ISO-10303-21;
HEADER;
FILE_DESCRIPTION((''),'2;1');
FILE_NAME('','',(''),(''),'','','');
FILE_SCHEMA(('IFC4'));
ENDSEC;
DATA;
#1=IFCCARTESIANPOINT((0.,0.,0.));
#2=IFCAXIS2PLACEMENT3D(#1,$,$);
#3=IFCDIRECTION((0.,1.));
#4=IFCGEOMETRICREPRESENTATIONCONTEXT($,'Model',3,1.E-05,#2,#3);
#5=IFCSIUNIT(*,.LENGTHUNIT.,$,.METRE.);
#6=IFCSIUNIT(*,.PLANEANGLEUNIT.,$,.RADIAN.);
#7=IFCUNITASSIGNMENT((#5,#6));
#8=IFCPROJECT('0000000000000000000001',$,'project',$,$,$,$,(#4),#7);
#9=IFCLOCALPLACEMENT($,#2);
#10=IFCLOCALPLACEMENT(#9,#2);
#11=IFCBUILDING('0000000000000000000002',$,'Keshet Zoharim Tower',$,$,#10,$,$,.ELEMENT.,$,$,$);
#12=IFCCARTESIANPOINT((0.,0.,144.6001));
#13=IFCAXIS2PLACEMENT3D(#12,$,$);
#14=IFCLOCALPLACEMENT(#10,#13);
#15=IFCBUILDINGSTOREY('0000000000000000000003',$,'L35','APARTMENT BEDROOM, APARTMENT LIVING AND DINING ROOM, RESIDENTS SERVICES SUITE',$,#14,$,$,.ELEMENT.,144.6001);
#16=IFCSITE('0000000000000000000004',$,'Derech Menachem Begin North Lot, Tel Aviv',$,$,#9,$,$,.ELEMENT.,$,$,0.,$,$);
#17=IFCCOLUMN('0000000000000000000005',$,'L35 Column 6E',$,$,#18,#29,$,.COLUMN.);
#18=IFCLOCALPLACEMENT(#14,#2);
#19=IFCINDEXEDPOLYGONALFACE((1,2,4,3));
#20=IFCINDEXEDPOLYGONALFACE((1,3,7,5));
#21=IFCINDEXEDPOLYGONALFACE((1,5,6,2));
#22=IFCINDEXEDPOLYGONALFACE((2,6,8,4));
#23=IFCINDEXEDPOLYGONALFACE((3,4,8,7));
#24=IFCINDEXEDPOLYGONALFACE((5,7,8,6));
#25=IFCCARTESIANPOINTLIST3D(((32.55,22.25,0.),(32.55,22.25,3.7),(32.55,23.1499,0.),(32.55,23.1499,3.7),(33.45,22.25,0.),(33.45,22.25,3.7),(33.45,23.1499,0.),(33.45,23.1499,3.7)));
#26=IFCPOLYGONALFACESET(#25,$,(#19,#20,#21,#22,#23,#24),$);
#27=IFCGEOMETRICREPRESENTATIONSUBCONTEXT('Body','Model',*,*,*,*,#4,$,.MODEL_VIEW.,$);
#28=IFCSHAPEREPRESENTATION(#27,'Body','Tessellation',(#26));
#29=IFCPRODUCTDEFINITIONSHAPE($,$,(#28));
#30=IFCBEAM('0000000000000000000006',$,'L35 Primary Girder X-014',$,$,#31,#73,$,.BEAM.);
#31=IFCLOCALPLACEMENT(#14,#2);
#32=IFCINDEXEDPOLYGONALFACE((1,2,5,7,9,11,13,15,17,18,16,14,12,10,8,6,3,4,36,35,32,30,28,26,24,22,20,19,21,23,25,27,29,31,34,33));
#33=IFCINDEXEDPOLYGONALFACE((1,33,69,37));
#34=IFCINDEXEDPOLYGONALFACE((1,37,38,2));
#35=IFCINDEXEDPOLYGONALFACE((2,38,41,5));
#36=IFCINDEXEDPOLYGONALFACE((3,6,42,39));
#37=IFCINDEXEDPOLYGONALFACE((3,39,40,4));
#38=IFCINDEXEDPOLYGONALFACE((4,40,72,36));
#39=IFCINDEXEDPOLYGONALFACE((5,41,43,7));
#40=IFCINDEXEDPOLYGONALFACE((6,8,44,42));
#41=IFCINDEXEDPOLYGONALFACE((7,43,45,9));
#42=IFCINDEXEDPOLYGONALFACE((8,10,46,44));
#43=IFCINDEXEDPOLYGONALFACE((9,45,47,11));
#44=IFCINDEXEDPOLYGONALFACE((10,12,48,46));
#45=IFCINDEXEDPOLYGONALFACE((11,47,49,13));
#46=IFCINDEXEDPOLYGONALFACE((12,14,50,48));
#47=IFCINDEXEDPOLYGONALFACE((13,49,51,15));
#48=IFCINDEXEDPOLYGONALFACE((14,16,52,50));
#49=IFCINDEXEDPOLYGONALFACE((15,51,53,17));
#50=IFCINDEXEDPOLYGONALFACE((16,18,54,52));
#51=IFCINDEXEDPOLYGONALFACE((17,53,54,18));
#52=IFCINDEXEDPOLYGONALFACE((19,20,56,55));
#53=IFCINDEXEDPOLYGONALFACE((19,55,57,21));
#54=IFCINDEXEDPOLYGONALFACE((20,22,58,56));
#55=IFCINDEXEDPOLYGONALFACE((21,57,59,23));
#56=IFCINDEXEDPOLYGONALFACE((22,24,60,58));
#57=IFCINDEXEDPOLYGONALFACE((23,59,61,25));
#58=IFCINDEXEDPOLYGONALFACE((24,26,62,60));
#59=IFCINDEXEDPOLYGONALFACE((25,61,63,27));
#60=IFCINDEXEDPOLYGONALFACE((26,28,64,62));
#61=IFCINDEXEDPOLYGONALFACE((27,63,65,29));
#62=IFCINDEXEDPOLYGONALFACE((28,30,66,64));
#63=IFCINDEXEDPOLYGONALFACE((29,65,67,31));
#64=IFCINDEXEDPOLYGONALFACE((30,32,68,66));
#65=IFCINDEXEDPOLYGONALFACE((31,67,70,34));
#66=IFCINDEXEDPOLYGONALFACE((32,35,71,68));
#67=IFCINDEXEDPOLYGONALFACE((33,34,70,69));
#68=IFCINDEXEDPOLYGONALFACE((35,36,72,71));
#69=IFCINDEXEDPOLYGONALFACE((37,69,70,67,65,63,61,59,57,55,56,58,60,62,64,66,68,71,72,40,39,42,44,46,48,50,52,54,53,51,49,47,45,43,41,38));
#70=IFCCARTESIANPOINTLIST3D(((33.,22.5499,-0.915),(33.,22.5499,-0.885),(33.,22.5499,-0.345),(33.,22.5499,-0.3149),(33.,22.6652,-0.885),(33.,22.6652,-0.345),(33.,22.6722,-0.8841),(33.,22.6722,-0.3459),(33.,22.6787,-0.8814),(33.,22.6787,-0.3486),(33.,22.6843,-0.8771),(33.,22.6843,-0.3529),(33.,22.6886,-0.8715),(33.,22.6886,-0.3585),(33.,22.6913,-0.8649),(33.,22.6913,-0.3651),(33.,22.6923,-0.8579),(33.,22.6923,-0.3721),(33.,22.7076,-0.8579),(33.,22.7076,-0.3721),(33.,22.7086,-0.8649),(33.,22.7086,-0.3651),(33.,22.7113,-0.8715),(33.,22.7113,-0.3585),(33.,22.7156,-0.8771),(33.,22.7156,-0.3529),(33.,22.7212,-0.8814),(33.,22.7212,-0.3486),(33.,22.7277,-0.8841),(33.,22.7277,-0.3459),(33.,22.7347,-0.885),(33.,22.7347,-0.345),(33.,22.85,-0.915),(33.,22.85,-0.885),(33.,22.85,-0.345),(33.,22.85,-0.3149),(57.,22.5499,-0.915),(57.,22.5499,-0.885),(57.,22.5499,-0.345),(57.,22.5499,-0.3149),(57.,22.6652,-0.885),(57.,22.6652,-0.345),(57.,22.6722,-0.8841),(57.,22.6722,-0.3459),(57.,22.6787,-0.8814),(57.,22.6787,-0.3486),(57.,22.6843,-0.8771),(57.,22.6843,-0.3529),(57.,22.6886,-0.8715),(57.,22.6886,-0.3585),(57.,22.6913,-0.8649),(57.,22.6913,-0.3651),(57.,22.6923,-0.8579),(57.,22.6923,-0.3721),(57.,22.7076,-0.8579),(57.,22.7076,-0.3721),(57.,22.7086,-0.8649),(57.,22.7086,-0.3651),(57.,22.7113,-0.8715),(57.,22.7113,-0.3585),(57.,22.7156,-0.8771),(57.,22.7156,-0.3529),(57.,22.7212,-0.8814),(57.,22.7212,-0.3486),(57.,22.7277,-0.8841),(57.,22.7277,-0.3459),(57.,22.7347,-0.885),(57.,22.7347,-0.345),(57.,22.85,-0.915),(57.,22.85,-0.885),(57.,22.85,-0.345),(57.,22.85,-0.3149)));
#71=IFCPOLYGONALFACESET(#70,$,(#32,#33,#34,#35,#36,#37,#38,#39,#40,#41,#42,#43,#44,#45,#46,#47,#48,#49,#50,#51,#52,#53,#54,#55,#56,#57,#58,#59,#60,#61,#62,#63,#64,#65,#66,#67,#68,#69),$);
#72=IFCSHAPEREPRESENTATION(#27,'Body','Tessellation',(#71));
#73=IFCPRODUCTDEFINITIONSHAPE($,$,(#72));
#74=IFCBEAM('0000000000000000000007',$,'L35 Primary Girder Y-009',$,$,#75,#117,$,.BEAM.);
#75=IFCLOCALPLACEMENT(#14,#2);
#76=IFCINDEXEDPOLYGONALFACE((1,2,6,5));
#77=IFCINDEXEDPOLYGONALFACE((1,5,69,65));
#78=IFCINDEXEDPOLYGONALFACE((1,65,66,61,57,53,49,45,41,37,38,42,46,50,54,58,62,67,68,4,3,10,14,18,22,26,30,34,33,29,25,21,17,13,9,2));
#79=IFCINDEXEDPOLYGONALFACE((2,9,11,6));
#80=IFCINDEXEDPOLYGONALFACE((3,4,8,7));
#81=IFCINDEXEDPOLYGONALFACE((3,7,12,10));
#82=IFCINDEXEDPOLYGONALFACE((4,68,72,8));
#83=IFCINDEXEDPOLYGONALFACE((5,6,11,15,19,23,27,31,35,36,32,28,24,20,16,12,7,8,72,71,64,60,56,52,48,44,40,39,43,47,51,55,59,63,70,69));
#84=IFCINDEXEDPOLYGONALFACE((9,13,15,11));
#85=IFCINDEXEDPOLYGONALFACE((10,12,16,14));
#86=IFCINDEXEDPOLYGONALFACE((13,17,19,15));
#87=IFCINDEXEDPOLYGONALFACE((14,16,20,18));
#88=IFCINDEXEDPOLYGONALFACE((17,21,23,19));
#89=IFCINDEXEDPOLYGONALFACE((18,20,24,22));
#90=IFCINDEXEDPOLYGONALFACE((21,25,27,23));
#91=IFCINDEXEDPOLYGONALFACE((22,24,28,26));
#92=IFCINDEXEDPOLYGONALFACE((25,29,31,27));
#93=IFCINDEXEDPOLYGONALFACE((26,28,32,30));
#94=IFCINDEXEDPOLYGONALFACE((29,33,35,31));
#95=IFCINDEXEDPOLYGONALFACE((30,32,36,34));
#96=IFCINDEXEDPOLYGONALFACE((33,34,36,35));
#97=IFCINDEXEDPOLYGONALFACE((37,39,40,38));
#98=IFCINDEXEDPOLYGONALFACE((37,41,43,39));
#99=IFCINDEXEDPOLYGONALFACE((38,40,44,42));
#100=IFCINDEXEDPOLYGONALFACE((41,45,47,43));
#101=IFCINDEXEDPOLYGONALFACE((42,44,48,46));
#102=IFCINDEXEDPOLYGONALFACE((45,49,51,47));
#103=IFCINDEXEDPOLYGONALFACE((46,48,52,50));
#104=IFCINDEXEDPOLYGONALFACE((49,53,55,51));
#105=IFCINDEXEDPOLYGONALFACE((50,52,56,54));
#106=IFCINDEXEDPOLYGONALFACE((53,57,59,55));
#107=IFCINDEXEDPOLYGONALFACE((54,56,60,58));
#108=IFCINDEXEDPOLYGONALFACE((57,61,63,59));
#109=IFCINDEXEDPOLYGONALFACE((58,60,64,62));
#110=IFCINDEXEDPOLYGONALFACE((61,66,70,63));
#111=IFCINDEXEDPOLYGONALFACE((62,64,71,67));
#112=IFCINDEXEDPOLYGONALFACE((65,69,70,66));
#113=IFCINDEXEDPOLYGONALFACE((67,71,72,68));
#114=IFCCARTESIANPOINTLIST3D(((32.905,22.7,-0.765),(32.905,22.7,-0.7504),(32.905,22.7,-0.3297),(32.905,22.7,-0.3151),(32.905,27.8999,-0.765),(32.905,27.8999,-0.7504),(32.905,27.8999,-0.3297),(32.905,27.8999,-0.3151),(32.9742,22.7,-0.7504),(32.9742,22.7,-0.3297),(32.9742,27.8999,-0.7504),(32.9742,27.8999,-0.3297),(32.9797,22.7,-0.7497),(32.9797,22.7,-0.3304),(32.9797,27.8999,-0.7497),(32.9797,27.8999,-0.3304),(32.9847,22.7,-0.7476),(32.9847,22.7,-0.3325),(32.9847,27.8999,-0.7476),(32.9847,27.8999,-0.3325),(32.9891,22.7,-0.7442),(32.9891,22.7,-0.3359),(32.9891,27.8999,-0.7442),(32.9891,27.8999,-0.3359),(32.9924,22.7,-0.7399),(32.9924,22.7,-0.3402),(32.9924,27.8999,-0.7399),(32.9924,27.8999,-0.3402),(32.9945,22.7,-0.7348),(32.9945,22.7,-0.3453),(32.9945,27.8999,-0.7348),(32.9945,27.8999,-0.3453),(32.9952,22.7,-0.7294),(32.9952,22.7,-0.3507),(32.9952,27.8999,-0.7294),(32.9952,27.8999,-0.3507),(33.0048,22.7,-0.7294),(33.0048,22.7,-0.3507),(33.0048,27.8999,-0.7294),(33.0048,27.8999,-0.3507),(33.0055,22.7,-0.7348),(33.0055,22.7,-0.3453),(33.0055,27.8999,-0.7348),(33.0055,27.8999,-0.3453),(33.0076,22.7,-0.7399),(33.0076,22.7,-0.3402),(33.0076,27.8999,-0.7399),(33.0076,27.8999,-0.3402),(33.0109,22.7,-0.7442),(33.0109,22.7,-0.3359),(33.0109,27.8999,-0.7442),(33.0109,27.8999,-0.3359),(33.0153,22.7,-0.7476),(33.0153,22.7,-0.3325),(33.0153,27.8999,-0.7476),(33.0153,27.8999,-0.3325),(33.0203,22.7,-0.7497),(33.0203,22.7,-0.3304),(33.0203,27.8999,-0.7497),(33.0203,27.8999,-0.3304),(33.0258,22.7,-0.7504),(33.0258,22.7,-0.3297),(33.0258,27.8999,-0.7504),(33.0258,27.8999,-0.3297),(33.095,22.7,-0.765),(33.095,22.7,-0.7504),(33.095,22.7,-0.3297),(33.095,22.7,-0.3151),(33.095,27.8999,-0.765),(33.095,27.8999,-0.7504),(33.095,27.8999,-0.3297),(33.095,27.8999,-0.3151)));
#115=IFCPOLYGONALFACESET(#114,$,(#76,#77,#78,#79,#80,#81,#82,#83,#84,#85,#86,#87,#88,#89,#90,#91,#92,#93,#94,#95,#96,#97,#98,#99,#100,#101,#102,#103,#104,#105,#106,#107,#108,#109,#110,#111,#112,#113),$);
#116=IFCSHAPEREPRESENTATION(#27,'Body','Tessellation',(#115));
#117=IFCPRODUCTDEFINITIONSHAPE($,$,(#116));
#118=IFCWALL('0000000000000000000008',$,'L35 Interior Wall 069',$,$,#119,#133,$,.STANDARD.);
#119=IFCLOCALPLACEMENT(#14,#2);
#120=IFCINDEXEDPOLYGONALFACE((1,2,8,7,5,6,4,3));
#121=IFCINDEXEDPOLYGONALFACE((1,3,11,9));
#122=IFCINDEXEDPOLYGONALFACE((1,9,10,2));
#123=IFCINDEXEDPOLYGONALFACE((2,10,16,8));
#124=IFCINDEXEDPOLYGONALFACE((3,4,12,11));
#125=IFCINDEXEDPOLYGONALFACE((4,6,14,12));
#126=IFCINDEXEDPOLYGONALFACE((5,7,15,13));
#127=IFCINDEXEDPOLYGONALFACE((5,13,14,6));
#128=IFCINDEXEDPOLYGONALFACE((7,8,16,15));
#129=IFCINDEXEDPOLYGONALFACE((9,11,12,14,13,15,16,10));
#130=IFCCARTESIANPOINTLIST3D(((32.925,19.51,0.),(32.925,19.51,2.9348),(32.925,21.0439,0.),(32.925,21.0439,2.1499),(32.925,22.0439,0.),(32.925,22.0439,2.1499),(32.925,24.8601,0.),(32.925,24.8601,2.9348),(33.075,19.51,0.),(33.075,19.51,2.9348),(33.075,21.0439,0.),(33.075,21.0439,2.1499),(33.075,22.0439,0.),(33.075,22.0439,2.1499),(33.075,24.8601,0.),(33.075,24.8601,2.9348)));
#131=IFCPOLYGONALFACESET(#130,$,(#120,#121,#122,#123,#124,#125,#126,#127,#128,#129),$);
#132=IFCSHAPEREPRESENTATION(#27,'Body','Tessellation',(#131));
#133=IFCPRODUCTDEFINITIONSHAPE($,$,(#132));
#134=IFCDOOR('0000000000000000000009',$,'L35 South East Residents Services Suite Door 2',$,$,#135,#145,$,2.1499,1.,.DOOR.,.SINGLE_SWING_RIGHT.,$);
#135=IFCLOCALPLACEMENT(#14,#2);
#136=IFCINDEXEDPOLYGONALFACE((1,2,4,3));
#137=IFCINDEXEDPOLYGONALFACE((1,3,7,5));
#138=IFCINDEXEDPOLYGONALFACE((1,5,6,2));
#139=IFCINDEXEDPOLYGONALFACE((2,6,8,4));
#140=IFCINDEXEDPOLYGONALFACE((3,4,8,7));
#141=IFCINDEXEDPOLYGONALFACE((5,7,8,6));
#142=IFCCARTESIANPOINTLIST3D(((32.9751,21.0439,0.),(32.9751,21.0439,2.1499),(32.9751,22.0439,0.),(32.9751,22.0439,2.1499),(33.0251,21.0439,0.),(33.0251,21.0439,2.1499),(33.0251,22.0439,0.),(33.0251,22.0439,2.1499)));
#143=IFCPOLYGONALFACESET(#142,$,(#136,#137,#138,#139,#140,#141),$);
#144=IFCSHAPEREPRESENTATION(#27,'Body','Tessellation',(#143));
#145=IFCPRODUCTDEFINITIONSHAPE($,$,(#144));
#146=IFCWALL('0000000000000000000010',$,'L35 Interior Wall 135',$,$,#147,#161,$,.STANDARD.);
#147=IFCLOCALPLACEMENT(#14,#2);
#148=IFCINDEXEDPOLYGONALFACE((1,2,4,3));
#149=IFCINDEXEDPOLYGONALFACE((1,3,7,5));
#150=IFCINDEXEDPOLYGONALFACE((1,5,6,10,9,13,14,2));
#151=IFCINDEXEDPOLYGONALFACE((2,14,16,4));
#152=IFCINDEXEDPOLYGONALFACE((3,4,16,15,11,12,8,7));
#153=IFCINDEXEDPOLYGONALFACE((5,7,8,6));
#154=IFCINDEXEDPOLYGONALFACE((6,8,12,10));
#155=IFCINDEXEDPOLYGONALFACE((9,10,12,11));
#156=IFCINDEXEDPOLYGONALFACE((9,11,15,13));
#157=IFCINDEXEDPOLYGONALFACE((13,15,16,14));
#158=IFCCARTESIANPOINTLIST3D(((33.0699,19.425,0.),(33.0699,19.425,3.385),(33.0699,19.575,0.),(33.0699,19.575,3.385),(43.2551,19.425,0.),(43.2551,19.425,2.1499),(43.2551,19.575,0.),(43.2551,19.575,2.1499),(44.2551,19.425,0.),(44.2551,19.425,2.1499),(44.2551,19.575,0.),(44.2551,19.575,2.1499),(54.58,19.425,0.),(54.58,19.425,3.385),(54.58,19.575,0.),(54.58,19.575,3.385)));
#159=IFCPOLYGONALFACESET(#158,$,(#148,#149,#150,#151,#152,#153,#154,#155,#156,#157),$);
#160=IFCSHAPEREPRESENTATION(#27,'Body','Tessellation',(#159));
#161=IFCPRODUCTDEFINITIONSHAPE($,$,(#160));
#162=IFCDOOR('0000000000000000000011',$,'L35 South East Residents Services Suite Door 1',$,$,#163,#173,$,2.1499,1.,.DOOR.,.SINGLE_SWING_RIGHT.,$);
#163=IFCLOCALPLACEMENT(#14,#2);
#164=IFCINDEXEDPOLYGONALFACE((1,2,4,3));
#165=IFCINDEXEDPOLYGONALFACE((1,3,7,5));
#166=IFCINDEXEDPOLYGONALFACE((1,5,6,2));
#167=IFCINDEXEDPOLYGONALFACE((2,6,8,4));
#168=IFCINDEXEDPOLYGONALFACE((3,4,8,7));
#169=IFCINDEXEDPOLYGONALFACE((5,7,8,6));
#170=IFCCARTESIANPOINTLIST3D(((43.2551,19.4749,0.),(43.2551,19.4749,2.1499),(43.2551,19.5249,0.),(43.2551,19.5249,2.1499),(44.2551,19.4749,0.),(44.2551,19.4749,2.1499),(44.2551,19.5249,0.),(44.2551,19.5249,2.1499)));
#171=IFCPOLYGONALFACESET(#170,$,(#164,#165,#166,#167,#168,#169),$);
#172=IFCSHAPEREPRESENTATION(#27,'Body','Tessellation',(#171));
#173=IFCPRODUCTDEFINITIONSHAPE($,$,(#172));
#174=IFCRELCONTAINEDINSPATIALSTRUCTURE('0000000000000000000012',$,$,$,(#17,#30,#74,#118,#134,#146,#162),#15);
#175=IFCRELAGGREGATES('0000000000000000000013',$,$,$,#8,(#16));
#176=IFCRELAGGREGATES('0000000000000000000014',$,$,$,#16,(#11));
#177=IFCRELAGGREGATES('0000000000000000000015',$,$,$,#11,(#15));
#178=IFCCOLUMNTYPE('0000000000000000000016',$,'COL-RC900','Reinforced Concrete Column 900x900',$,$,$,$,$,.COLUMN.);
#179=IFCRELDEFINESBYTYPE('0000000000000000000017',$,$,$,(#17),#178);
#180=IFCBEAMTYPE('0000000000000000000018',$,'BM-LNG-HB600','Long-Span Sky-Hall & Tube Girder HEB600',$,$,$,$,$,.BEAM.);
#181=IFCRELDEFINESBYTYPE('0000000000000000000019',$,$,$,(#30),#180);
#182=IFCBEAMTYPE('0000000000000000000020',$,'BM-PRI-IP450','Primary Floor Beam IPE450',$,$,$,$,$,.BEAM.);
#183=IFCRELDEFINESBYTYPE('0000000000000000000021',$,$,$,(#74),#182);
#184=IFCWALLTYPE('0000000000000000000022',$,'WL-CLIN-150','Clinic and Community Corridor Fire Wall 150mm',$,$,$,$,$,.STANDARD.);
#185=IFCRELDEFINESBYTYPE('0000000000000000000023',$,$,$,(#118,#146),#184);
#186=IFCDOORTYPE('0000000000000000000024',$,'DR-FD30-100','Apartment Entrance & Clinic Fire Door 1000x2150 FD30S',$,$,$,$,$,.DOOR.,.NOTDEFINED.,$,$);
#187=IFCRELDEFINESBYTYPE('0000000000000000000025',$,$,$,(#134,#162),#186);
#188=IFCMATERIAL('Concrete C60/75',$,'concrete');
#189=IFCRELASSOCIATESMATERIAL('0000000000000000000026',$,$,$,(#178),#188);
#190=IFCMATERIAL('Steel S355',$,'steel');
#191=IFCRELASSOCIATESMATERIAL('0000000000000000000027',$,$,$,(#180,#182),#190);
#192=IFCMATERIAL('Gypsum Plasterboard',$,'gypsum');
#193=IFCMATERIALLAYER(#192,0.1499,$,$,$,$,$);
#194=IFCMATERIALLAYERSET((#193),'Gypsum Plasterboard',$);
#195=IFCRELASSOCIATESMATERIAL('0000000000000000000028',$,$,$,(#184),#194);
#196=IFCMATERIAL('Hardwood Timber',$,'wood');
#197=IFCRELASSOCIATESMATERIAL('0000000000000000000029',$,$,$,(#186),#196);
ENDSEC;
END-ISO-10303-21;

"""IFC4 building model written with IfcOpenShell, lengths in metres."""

from ifc_helpers import new_model, si_unit, direction, frame, frame_2d, origin, origin_2d, place, context, subcontext, project, spatial, rectangle, i_section, extrude, material, layer, layer_set, material_profile, profile_set, type_object, element, fill, save


model = new_model("IFC4")

# Units and contexts
model_context = context("Model", 3, precision=1e-05, world=origin(), true_north=direction((0.0, 1.0)))
body_context = subcontext(model_context, "Body", "Model", "MODEL_VIEW")
ifc_project = project(units=[si_unit("LENGTHUNIT", "METRE"), si_unit("PLANEANGLEUNIT", "RADIAN")], contexts=[model_context])

# Site, building, storey
site_placement = place(None, origin())
site = spatial("IfcSite", under=ifc_project, at=site_placement, Name="Derech Menachem Begin North Lot, Tel Aviv", CompositionType="ELEMENT", RefElevation=0.0)
building_placement = place(site_placement, origin())
building = spatial("IfcBuilding", under=site, at=building_placement, Name="Keshet Zoharim Tower", CompositionType="ELEMENT")
storey_placement = place(building_placement, frame((0.0, 0.0, 144.6001)))
storey = spatial("IfcBuildingStorey", under=building, at=storey_placement, Name="L35", Description="APARTMENT BEDROOM, APARTMENT LIVING AND DINING ROOM, RESIDENTS SERVICES SUITE", CompositionType="ELEMENT", Elevation=144.6001)

# Column
ifc_material_1 = material(Name="Concrete C60/75", Category="concrete")
ifc_material_profile_1 = material_profile(ifc_material_1, rectangle(XDim=0.8999, YDim=0.8999, at=origin_2d()), Name="RC900x900")
ifc_profile_set_1 = profile_set([ifc_material_profile_1], Name="Concrete C60/75")
column_type = type_object("IfcColumnType", Name="COL-RC900", Description="Reinforced Concrete Column 900x900", PredefinedType="COLUMN", material=ifc_profile_set_1)
column_placement = place(storey_placement, frame((33.0, 22.7, 0.0), z_axis=(0.0, 0.0, 1.0), x_axis=(1.0, 0.0, 0.0)))
element("IfcColumn", 1, at=column_placement, inside=storey, type_object=column_type, Name="L35 Column 6E", PredefinedType="COLUMN", context=body_context, shape_type="SweptSolid", body=[
    extrude(rectangle(XDim=0.8999, YDim=0.8999, at=origin_2d()), origin(), (0.0, 0.0, 1.0), 3.7),
])

# Beams
ifc_material_2 = material(Name="Steel S355", Category="steel")
ifc_material_profile_2 = material_profile(ifc_material_2, i_section(OverallWidth=0.3, OverallDepth=0.6001, WebThickness=0.0154, FlangeThickness=0.03, FilletRadius=0.0271, at=origin_2d()), Name="HEB600")
ifc_profile_set_2 = profile_set([ifc_material_profile_2], Name="Steel S355")
beam_type_1 = type_object("IfcBeamType", Name="BM-LNG-HB600", Description="Long-Span Sky-Hall & Tube Girder HEB600", PredefinedType="BEAM", material=ifc_profile_set_2)
beam_1_placement = place(storey_placement, frame((33.0, 22.7, -0.615), z_axis=(1.0, 0.0, 0.0), x_axis=(0.0, 1.0, 0.0)))
element("IfcBeam", 2, at=beam_1_placement, inside=storey, type_object=beam_type_1, Name="L35 Primary Girder X-014", PredefinedType="BEAM", context=body_context, shape_type="SweptSolid", body=[
    extrude(i_section(OverallWidth=0.3, OverallDepth=0.6001, WebThickness=0.0154, FlangeThickness=0.03, FilletRadius=0.0271, at=origin_2d()), origin(), (0.0, 0.0, 1.0), 24.0),
])
ifc_material_profile_3 = material_profile(ifc_material_2, i_section(OverallWidth=0.1899, OverallDepth=0.45, WebThickness=0.0095, FlangeThickness=0.0146, FilletRadius=0.021, at=origin_2d()), Name="IPE450")
ifc_profile_set_3 = profile_set([ifc_material_profile_3], Name="Steel S355")
beam_type_2 = type_object("IfcBeamType", Name="BM-PRI-IP450", Description="Primary Floor Beam IPE450", PredefinedType="BEAM", material=ifc_profile_set_3)
beam_2_placement = place(storey_placement, frame((33.0, 22.7, -0.54), z_axis=(0.0, 1.0, 0.0), x_axis=(-1.0, 0.0, 0.0)))
element("IfcBeam", 3, at=beam_2_placement, inside=storey, type_object=beam_type_2, Name="L35 Primary Girder Y-009", PredefinedType="BEAM", context=body_context, shape_type="SweptSolid", body=[
    extrude(i_section(OverallWidth=0.1899, OverallDepth=0.45, WebThickness=0.0095, FlangeThickness=0.0146, FilletRadius=0.021, at=origin_2d()), origin(), (0.0, 0.0, 1.0), 5.2),
])

# Walls, openings, doors
ifc_material_3 = material(Name="Gypsum Plasterboard", Category="gypsum")
ifc_layer_1 = layer(ifc_material_3, 0.1499)
ifc_layer_set_1 = layer_set([ifc_layer_1], Name="Gypsum Plasterboard")
wall_type_1 = type_object("IfcWallType", Name="WL-CLIN-150", Description="Clinic and Community Corridor Fire Wall 150mm", PredefinedType="STANDARD", material=ifc_layer_set_1)
wall_1_placement = place(storey_placement, frame((33.0, 19.51, 0.0), z_axis=(0.0, 0.0, 1.0), x_axis=(0.0, 1.0, 0.0)))
wall_1 = element("IfcWall", 4, at=wall_1_placement, inside=storey, type_object=wall_type_1, Name="L35 Interior Wall 069", PredefinedType="STANDARD", context=body_context, shape_type="SweptSolid", body=[
    extrude(rectangle(XDim=5.3501, YDim=0.1499, at=frame_2d((2.675, 0.0))), origin(), (0.0, 0.0, 1.0), 2.9348),
])
opening_1_placement = place(wall_1_placement, frame((1.5339, 0.0, 0.0)))
opening_1 = element("IfcOpeningElement", 5, at=opening_1_placement, cuts=wall_1, PredefinedType="OPENING", context=body_context, shape_type="SweptSolid", body=[
    extrude(rectangle(XDim=1.0, YDim=2.1499, at=frame_2d((0.5, 1.075))), frame((0.0, 0.085, 0.0), z_axis=(0.0, -1.0, 0.0), x_axis=(1.0, 0.0, 0.0)), (0.0, 0.0, 1.0), 0.1699),
])
ifc_material_4 = material(Name="Hardwood Timber", Category="wood")
door_type_1 = type_object("IfcDoorType", Name="DR-FD30-100", Description="Apartment Entrance & Clinic Fire Door 1000x2150 FD30S", OperationType="NOTDEFINED", PredefinedType="DOOR", material=ifc_material_4)
door_1_placement = place(opening_1_placement, origin())
door_1 = element("IfcDoor", 6, at=door_1_placement, inside=storey, type_object=door_type_1, Name="L35 South East Residents Services Suite Door 2", OperationType="SINGLE_SWING_RIGHT", OverallHeight=2.1499, OverallWidth=1.0, PredefinedType="DOOR", context=body_context, shape_type="SweptSolid", body=[
    extrude(rectangle(XDim=1.0, YDim=2.1499, at=frame_2d((0.5, 1.075))), frame((0.0, 0.0249, 0.0), z_axis=(0.0, -1.0, 0.0), x_axis=(1.0, 0.0, 0.0)), (0.0, 0.0, 1.0), 0.05),
])
fill(opening_1, door_1)
wall_2_placement = place(storey_placement, frame((33.0701, 19.5, 0.0), z_axis=(0.0, 0.0, 1.0), x_axis=(1.0, 0.0, 0.0)))
wall_2 = element("IfcWall", 7, at=wall_2_placement, inside=storey, type_object=wall_type_1, Name="L35 Interior Wall 135", PredefinedType="STANDARD", context=body_context, shape_type="SweptSolid", body=[
    extrude(rectangle(XDim=21.51, YDim=0.1499, at=frame_2d((10.7549, 0.0))), origin(), (0.0, 0.0, 1.0), 3.385),
])
opening_2_placement = place(wall_2_placement, frame((10.1851, 0.0, 0.0)))
opening_2 = element("IfcOpeningElement", 8, at=opening_2_placement, cuts=wall_2, PredefinedType="OPENING", context=body_context, shape_type="SweptSolid", body=[
    extrude(rectangle(XDim=1.0, YDim=2.1499, at=frame_2d((0.5, 1.075))), frame((0.0, 0.085, 0.0), z_axis=(0.0, -1.0, 0.0), x_axis=(1.0, 0.0, 0.0)), (0.0, 0.0, 1.0), 0.1699),
])
door_2_placement = place(opening_2_placement, origin())
door_2 = element("IfcDoor", 9, at=door_2_placement, inside=storey, type_object=door_type_1, Name="L35 South East Residents Services Suite Door 1", OperationType="SINGLE_SWING_RIGHT", OverallHeight=2.1499, OverallWidth=1.0, PredefinedType="DOOR", context=body_context, shape_type="SweptSolid", body=[
    extrude(rectangle(XDim=1.0, YDim=2.1499, at=frame_2d((0.5, 1.075))), frame((0.0, 0.0249, 0.0), z_axis=(0.0, -1.0, 0.0), x_axis=(1.0, 0.0, 0.0)), (0.0, 0.0, 1.0), 0.05),
])
fill(opening_2, door_2)

save(model, "model.ifc")
